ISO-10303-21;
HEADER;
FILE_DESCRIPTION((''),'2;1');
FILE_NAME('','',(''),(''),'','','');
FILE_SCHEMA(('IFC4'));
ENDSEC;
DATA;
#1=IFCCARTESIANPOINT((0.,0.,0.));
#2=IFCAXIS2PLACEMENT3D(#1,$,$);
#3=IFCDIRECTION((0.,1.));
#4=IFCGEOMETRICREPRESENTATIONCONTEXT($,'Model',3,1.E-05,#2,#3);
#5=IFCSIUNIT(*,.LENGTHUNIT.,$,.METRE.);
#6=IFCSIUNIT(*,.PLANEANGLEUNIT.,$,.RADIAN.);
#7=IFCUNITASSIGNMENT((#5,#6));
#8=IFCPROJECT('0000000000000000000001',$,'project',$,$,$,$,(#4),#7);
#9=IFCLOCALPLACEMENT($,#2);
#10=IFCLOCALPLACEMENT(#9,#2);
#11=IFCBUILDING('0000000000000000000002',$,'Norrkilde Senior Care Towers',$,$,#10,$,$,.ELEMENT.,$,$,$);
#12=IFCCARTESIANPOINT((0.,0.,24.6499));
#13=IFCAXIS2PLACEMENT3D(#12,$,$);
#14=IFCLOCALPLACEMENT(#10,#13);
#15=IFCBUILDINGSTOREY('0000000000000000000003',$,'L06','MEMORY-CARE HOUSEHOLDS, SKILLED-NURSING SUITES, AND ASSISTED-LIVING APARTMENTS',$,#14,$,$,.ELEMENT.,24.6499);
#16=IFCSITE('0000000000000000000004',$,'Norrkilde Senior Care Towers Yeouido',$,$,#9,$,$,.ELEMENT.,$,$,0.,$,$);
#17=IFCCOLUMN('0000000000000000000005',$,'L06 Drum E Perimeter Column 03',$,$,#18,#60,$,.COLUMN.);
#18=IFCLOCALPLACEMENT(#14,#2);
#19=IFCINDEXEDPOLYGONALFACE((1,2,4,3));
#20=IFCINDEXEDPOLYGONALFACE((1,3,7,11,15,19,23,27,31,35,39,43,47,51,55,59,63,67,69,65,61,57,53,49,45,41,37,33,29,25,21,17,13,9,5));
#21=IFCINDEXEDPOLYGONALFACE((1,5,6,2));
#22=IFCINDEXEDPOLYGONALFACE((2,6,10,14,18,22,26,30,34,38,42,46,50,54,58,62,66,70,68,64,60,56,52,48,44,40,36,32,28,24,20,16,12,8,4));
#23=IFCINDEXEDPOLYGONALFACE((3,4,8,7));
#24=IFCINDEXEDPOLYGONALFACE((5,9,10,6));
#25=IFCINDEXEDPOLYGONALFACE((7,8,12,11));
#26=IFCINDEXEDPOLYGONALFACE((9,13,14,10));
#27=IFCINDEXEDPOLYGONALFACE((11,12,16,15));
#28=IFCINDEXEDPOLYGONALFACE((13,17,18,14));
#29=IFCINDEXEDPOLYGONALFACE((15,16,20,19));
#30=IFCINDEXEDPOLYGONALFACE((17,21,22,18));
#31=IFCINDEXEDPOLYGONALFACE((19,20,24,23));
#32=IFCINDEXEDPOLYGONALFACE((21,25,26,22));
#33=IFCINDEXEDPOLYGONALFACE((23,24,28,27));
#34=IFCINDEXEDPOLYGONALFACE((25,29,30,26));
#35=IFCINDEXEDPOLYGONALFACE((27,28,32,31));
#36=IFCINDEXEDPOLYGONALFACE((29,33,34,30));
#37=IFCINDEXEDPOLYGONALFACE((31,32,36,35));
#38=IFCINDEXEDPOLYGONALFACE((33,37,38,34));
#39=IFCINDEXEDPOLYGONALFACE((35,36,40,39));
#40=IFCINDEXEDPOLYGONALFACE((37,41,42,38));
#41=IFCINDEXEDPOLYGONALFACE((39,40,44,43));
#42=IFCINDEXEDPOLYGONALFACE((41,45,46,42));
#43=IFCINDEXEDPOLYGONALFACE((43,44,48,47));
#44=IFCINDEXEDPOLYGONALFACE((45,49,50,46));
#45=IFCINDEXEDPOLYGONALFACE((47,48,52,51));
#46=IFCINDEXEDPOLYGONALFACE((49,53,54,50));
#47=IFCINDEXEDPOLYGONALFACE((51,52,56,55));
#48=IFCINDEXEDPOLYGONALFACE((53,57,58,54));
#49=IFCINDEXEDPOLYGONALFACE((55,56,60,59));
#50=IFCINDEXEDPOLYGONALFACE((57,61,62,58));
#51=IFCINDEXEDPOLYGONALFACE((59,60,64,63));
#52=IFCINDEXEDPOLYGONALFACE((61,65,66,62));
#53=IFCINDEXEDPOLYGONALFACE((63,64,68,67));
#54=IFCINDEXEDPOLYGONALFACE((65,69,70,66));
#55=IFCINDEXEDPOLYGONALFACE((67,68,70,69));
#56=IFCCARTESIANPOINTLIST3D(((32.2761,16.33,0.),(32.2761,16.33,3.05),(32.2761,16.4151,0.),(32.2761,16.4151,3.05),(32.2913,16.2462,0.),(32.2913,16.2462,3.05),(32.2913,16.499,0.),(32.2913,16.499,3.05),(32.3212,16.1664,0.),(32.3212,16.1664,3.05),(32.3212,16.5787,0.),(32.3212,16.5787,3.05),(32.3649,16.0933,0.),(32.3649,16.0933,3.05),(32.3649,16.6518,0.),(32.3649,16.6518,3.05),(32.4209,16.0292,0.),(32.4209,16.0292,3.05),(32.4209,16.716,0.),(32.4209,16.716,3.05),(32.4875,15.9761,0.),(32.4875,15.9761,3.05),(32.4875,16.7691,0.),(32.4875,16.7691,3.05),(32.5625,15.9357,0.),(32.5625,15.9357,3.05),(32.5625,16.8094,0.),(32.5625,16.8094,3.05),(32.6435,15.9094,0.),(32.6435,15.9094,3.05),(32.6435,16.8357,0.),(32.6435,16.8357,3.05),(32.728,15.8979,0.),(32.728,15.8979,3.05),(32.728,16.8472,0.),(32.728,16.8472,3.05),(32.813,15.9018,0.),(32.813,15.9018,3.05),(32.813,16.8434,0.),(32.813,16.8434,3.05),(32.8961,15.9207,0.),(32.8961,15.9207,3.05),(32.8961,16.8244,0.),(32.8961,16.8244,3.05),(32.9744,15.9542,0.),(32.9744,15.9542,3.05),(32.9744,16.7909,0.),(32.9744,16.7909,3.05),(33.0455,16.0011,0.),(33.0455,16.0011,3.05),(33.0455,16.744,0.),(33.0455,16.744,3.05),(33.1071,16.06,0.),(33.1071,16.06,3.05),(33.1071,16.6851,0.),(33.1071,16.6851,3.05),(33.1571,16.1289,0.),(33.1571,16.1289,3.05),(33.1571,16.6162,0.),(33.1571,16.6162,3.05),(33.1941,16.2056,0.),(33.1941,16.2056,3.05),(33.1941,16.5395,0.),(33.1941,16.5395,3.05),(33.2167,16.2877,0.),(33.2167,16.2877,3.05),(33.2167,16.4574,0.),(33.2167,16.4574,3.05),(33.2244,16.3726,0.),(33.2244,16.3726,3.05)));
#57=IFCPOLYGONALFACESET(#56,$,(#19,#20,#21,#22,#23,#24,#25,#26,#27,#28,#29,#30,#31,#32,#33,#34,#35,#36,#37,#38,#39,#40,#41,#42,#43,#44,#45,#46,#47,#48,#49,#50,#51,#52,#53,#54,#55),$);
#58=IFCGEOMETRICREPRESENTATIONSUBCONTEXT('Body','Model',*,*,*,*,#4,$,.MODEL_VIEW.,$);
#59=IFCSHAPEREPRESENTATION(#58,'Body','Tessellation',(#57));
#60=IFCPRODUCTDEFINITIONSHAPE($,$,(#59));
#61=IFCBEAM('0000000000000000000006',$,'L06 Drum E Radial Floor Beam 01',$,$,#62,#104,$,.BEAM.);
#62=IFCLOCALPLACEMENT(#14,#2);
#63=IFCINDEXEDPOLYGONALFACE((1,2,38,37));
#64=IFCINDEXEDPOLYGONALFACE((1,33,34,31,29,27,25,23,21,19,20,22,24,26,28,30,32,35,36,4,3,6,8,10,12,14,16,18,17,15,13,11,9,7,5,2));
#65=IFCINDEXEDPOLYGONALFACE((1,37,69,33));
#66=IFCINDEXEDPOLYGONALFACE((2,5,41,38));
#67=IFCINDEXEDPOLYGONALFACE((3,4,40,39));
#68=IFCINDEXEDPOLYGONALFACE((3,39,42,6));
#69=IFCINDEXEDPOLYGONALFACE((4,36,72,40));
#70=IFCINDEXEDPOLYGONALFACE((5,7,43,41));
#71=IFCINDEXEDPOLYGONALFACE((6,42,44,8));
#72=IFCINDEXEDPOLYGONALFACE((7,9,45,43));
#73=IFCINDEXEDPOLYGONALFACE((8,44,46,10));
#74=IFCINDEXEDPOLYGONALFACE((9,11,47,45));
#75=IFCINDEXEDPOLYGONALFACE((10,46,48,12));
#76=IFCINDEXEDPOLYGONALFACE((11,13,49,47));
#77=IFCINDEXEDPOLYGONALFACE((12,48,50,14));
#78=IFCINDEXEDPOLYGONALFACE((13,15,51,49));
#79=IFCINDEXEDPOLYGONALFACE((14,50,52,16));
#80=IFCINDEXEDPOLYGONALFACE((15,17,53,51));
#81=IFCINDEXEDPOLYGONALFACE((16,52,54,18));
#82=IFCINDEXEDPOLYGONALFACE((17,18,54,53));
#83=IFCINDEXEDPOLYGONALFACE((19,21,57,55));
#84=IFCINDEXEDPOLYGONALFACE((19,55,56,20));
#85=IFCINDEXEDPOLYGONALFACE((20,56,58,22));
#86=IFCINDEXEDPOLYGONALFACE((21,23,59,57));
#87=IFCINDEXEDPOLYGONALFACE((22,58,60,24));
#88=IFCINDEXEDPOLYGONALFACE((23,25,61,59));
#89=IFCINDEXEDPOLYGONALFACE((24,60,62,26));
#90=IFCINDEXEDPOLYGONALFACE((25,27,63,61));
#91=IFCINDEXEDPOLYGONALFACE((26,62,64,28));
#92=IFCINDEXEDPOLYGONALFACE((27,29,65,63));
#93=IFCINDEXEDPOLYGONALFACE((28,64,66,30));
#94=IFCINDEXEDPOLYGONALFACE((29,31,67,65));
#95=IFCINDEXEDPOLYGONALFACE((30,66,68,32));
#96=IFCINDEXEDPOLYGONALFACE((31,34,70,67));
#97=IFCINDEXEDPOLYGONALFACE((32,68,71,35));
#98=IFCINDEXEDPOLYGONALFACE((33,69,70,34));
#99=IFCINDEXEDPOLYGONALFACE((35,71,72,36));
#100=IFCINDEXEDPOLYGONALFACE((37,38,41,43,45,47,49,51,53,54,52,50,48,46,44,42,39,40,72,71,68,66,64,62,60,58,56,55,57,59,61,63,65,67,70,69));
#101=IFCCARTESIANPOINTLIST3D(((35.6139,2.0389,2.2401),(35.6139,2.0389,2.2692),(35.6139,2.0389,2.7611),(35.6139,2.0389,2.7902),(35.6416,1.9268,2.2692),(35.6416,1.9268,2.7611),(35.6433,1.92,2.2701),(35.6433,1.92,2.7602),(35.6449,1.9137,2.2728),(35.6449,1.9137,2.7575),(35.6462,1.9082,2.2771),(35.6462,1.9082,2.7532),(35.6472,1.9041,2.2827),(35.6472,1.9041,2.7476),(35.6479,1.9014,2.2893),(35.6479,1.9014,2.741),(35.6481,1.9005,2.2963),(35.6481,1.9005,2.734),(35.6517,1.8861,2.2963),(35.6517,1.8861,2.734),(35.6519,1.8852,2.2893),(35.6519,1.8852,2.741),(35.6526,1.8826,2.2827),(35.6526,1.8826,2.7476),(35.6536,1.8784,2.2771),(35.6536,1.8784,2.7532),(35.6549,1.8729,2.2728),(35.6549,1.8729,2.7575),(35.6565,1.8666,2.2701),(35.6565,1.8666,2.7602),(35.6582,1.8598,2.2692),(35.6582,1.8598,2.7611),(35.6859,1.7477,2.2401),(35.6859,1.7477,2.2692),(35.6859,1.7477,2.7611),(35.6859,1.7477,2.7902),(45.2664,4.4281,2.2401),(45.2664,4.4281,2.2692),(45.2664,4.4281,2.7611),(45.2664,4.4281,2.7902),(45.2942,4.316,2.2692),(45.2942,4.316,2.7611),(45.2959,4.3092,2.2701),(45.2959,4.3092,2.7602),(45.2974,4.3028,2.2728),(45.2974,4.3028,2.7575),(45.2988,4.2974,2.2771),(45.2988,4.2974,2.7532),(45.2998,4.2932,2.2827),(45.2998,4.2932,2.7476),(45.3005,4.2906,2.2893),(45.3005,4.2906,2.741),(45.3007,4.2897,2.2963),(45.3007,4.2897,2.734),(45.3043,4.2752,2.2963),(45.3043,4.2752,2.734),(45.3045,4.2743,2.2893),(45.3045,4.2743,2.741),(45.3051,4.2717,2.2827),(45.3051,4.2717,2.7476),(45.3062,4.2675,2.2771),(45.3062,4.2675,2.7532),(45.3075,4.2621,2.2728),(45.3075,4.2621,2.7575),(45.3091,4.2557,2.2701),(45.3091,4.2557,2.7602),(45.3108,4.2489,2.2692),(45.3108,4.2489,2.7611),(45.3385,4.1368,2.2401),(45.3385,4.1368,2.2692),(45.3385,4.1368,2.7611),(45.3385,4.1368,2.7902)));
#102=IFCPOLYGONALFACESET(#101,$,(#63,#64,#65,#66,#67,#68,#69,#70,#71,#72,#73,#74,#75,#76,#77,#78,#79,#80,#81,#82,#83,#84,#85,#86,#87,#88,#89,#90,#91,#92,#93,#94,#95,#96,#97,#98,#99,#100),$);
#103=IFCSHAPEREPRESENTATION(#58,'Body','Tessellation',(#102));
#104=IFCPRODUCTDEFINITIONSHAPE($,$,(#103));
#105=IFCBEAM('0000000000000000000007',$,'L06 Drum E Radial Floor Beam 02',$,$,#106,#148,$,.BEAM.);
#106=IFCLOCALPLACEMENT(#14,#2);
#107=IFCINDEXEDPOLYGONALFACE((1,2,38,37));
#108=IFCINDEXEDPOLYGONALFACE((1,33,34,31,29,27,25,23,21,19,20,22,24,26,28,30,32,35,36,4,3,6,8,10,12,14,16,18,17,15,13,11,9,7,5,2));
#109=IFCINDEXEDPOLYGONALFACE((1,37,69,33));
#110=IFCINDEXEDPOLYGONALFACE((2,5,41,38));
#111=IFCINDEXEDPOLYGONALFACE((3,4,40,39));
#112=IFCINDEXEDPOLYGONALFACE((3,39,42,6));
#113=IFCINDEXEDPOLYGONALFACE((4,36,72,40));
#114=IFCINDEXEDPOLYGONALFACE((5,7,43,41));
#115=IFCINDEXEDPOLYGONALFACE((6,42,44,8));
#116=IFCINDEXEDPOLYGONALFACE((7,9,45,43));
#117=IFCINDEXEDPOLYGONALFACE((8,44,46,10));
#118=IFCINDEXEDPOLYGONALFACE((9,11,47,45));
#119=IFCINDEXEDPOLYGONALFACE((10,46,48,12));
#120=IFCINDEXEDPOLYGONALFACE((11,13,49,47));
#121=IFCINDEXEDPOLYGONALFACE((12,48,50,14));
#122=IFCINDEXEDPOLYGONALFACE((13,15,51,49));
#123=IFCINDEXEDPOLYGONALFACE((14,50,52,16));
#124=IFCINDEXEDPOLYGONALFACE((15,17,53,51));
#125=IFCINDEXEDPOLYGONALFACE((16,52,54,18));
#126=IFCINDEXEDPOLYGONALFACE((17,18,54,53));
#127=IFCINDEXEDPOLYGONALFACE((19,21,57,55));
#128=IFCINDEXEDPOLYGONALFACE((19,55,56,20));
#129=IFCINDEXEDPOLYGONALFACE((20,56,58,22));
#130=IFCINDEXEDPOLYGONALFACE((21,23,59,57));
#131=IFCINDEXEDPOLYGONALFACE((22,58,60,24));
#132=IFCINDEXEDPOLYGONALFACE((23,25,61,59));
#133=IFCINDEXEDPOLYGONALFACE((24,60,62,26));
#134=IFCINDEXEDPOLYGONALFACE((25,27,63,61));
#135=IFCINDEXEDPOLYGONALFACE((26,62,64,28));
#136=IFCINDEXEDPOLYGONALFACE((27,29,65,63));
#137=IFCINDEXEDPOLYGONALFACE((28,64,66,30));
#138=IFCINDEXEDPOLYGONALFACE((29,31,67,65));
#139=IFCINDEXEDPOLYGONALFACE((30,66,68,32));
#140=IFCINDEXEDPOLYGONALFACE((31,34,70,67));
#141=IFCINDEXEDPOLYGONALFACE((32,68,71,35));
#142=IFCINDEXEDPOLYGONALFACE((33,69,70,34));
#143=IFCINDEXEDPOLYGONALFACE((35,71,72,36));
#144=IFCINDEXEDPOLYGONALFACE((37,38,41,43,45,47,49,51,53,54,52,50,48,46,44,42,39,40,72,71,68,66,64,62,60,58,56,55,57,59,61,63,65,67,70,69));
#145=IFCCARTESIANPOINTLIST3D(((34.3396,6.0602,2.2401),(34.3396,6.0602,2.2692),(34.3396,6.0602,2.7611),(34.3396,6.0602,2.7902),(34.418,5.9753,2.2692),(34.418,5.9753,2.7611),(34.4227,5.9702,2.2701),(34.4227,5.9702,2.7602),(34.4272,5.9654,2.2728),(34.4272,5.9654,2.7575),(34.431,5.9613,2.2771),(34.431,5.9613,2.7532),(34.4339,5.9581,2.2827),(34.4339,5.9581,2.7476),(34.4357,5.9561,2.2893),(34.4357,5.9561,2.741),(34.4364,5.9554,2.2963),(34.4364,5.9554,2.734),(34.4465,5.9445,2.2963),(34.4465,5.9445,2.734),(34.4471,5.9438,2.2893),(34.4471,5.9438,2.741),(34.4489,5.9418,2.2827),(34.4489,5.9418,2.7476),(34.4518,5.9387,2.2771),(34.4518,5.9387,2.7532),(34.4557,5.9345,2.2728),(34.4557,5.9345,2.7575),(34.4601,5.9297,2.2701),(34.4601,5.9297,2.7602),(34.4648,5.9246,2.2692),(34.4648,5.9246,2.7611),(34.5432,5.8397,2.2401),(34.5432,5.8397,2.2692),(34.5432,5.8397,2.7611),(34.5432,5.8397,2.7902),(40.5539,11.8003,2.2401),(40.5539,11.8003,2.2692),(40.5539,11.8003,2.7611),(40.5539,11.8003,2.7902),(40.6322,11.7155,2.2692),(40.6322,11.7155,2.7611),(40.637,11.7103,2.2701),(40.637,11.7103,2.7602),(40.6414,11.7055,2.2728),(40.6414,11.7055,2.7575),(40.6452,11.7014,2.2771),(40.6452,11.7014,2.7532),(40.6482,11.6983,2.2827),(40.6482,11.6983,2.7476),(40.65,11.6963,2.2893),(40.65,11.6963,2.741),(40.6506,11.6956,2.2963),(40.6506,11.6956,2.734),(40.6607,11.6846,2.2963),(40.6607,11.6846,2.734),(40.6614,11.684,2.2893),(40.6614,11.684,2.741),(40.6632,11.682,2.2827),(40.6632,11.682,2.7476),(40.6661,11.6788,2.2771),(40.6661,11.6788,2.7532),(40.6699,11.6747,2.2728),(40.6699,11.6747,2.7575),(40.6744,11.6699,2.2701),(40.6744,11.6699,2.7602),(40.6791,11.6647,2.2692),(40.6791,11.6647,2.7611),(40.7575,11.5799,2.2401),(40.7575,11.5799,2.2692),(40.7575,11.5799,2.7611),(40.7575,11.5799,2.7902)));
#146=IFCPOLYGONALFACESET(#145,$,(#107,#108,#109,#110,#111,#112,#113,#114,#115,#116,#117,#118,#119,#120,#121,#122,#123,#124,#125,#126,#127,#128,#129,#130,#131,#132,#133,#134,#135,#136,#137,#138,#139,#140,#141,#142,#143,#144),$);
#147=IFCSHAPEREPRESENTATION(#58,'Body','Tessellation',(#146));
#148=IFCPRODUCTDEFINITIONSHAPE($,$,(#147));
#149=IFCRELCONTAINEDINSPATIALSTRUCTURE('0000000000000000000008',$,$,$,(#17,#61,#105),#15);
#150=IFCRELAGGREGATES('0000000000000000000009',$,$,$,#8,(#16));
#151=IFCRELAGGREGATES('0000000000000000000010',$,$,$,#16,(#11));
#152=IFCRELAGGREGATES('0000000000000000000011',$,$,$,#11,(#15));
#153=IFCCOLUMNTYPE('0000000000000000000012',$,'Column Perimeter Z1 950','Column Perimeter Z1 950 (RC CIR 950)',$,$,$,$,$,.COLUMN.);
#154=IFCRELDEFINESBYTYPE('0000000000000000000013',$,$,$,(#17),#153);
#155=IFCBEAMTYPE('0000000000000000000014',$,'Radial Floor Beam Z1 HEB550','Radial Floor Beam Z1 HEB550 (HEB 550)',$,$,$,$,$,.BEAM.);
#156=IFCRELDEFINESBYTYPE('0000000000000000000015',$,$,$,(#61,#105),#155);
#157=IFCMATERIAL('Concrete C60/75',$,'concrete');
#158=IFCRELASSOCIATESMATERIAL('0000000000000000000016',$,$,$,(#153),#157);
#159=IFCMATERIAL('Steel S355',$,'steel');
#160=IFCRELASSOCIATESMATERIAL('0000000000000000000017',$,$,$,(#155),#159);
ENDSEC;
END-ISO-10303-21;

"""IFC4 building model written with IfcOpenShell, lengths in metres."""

from ifc_helpers import new_model, si_unit, direction, frame, origin, origin_2d, place, context, subcontext, project, spatial, circle, i_section, extrude, source, transform, mapped, material, material_profile, profile_set, type_object, type_shapes, element, save


model = new_model("IFC4")

# Units and contexts
model_context = context("Model", 3, precision=1e-05, world=origin(), true_north=direction((0.0, 1.0)))
body_context = subcontext(model_context, "Body", "Model", "MODEL_VIEW")
ifc_project = project(units=[si_unit("LENGTHUNIT", "METRE"), si_unit("PLANEANGLEUNIT", "RADIAN")], contexts=[model_context])

# Site, building, storey
site_placement = place(None, origin())
site = spatial("IfcSite", under=ifc_project, at=site_placement, Name="Norrkilde Senior Care Towers Yeouido", CompositionType="ELEMENT", RefElevation=0.0)
building_placement = place(site_placement, origin())
building = spatial("IfcBuilding", under=site, at=building_placement, Name="Norrkilde Senior Care Towers", CompositionType="ELEMENT")
storey_placement = place(building_placement, frame((0.0, 0.0, 24.6499)))
storey = spatial("IfcBuildingStorey", under=building, at=storey_placement, Name="L06", Description="MEMORY-CARE HOUSEHOLDS, SKILLED-NURSING SUITES, AND ASSISTED-LIVING APARTMENTS", CompositionType="ELEMENT", Elevation=24.6499)

# Column
ifc_material_1 = material(Name="Concrete C60/75", Category="concrete")
ifc_material_profile_1 = material_profile(ifc_material_1, circle(Radius=0.4751, at=origin_2d()), Name="RC CIR 950")
ifc_profile_set_1 = profile_set([ifc_material_profile_1], Name="Concrete C60/75")
column_type = type_object("IfcColumnType", Name="Column Perimeter Z1 950", Description="Column Perimeter Z1 950 (RC CIR 950)", PredefinedType="COLUMN", material=ifc_profile_set_1)
shared_shape_1 = source(origin(), body_context, "Body", "SweptSolid", [
    extrude(circle(Radius=0.4751, at=origin_2d()), origin(), (0.0, 0.0, 1.0), 3.05),
])
type_shapes(column_type, [shared_shape_1])
column_placement = place(storey_placement, frame((32.7493, 16.3726, 0.0), z_axis=(0.0, 0.0, 1.0), x_axis=(1.0, 0.0, 0.0)))
element("IfcColumn", 1, at=column_placement, inside=storey, type_object=column_type, Name="L06 Drum E Perimeter Column 03", PredefinedType="COLUMN", context=body_context, shape_type="MappedRepresentation", body=[
    mapped(shared_shape_1, transform((0.0, 0.0, 0.0), x_axis=(1.0, 0.0, 0.0), y_axis=(0.0, 1.0, 0.0), z_axis=(0.0, 0.0, 1.0), scale=1.0)),
])

# Beams
ifc_material_2 = material(Name="Steel S355", Category="steel")
ifc_material_profile_2 = material_profile(ifc_material_2, i_section(OverallWidth=0.3, OverallDepth=0.55, WebThickness=0.0149, FlangeThickness=0.0291, FilletRadius=0.0271, at=origin_2d()), Name="HEB 550")
ifc_profile_set_2 = profile_set([ifc_material_profile_2], Name="Steel S355")
beam_type_1 = type_object("IfcBeamType", Name="Radial Floor Beam Z1 HEB550", Description="Radial Floor Beam Z1 HEB550 (HEB 550)", PredefinedType="BEAM", material=ifc_profile_set_2)
shared_shape_2 = source(origin(), body_context, "Body", "SweptSolid", [
    extrude(i_section(OverallWidth=0.3, OverallDepth=0.55, WebThickness=0.0149, FlangeThickness=0.0291, FilletRadius=0.0271, at=origin_2d()), origin(), (0.0, 0.0, 1.0), 9.9438),
])
beam_1_placement = place(storey_placement, frame((35.6499, 1.8933, 2.5151), z_axis=(0.970707, 0.240265, 0.0), x_axis=(-0.240265, 0.970707, 0.0)))
element("IfcBeam", 2, at=beam_1_placement, inside=storey, type_object=beam_type_1, Name="L06 Drum E Radial Floor Beam 01", PredefinedType="BEAM", context=body_context, shape_type="MappedRepresentation", body=[
    mapped(shared_shape_2, transform((0.0, 0.0, 0.0), x_axis=(1.0, 0.0, 0.0), y_axis=(0.0, 1.0, 0.0), z_axis=(0.0, 0.0, 1.0), scale=1.0)),
])
shared_shape_3 = source(origin(), body_context, "Body", "SweptSolid", [
    extrude(i_section(OverallWidth=0.3, OverallDepth=0.55, WebThickness=0.0149, FlangeThickness=0.0291, FilletRadius=0.0271, at=origin_2d()), origin(), (0.0, 0.0, 1.0), 8.4597),
])
beam_2_placement = place(storey_placement, frame((34.4414, 5.95, 2.5151), z_axis=(0.734573, 0.678529, 0.0), x_axis=(-0.678529, 0.734573, 0.0)))
element("IfcBeam", 3, at=beam_2_placement, inside=storey, type_object=beam_type_1, Name="L06 Drum E Radial Floor Beam 02", PredefinedType="BEAM", context=body_context, shape_type="MappedRepresentation", body=[
    mapped(shared_shape_3, transform((0.0, 0.0, 0.0), x_axis=(1.0, 0.0, 0.0), y_axis=(0.0, 1.0, 0.0), z_axis=(0.0, 0.0, 1.0), scale=1.0)),
])

save(model, "model.ifc")
